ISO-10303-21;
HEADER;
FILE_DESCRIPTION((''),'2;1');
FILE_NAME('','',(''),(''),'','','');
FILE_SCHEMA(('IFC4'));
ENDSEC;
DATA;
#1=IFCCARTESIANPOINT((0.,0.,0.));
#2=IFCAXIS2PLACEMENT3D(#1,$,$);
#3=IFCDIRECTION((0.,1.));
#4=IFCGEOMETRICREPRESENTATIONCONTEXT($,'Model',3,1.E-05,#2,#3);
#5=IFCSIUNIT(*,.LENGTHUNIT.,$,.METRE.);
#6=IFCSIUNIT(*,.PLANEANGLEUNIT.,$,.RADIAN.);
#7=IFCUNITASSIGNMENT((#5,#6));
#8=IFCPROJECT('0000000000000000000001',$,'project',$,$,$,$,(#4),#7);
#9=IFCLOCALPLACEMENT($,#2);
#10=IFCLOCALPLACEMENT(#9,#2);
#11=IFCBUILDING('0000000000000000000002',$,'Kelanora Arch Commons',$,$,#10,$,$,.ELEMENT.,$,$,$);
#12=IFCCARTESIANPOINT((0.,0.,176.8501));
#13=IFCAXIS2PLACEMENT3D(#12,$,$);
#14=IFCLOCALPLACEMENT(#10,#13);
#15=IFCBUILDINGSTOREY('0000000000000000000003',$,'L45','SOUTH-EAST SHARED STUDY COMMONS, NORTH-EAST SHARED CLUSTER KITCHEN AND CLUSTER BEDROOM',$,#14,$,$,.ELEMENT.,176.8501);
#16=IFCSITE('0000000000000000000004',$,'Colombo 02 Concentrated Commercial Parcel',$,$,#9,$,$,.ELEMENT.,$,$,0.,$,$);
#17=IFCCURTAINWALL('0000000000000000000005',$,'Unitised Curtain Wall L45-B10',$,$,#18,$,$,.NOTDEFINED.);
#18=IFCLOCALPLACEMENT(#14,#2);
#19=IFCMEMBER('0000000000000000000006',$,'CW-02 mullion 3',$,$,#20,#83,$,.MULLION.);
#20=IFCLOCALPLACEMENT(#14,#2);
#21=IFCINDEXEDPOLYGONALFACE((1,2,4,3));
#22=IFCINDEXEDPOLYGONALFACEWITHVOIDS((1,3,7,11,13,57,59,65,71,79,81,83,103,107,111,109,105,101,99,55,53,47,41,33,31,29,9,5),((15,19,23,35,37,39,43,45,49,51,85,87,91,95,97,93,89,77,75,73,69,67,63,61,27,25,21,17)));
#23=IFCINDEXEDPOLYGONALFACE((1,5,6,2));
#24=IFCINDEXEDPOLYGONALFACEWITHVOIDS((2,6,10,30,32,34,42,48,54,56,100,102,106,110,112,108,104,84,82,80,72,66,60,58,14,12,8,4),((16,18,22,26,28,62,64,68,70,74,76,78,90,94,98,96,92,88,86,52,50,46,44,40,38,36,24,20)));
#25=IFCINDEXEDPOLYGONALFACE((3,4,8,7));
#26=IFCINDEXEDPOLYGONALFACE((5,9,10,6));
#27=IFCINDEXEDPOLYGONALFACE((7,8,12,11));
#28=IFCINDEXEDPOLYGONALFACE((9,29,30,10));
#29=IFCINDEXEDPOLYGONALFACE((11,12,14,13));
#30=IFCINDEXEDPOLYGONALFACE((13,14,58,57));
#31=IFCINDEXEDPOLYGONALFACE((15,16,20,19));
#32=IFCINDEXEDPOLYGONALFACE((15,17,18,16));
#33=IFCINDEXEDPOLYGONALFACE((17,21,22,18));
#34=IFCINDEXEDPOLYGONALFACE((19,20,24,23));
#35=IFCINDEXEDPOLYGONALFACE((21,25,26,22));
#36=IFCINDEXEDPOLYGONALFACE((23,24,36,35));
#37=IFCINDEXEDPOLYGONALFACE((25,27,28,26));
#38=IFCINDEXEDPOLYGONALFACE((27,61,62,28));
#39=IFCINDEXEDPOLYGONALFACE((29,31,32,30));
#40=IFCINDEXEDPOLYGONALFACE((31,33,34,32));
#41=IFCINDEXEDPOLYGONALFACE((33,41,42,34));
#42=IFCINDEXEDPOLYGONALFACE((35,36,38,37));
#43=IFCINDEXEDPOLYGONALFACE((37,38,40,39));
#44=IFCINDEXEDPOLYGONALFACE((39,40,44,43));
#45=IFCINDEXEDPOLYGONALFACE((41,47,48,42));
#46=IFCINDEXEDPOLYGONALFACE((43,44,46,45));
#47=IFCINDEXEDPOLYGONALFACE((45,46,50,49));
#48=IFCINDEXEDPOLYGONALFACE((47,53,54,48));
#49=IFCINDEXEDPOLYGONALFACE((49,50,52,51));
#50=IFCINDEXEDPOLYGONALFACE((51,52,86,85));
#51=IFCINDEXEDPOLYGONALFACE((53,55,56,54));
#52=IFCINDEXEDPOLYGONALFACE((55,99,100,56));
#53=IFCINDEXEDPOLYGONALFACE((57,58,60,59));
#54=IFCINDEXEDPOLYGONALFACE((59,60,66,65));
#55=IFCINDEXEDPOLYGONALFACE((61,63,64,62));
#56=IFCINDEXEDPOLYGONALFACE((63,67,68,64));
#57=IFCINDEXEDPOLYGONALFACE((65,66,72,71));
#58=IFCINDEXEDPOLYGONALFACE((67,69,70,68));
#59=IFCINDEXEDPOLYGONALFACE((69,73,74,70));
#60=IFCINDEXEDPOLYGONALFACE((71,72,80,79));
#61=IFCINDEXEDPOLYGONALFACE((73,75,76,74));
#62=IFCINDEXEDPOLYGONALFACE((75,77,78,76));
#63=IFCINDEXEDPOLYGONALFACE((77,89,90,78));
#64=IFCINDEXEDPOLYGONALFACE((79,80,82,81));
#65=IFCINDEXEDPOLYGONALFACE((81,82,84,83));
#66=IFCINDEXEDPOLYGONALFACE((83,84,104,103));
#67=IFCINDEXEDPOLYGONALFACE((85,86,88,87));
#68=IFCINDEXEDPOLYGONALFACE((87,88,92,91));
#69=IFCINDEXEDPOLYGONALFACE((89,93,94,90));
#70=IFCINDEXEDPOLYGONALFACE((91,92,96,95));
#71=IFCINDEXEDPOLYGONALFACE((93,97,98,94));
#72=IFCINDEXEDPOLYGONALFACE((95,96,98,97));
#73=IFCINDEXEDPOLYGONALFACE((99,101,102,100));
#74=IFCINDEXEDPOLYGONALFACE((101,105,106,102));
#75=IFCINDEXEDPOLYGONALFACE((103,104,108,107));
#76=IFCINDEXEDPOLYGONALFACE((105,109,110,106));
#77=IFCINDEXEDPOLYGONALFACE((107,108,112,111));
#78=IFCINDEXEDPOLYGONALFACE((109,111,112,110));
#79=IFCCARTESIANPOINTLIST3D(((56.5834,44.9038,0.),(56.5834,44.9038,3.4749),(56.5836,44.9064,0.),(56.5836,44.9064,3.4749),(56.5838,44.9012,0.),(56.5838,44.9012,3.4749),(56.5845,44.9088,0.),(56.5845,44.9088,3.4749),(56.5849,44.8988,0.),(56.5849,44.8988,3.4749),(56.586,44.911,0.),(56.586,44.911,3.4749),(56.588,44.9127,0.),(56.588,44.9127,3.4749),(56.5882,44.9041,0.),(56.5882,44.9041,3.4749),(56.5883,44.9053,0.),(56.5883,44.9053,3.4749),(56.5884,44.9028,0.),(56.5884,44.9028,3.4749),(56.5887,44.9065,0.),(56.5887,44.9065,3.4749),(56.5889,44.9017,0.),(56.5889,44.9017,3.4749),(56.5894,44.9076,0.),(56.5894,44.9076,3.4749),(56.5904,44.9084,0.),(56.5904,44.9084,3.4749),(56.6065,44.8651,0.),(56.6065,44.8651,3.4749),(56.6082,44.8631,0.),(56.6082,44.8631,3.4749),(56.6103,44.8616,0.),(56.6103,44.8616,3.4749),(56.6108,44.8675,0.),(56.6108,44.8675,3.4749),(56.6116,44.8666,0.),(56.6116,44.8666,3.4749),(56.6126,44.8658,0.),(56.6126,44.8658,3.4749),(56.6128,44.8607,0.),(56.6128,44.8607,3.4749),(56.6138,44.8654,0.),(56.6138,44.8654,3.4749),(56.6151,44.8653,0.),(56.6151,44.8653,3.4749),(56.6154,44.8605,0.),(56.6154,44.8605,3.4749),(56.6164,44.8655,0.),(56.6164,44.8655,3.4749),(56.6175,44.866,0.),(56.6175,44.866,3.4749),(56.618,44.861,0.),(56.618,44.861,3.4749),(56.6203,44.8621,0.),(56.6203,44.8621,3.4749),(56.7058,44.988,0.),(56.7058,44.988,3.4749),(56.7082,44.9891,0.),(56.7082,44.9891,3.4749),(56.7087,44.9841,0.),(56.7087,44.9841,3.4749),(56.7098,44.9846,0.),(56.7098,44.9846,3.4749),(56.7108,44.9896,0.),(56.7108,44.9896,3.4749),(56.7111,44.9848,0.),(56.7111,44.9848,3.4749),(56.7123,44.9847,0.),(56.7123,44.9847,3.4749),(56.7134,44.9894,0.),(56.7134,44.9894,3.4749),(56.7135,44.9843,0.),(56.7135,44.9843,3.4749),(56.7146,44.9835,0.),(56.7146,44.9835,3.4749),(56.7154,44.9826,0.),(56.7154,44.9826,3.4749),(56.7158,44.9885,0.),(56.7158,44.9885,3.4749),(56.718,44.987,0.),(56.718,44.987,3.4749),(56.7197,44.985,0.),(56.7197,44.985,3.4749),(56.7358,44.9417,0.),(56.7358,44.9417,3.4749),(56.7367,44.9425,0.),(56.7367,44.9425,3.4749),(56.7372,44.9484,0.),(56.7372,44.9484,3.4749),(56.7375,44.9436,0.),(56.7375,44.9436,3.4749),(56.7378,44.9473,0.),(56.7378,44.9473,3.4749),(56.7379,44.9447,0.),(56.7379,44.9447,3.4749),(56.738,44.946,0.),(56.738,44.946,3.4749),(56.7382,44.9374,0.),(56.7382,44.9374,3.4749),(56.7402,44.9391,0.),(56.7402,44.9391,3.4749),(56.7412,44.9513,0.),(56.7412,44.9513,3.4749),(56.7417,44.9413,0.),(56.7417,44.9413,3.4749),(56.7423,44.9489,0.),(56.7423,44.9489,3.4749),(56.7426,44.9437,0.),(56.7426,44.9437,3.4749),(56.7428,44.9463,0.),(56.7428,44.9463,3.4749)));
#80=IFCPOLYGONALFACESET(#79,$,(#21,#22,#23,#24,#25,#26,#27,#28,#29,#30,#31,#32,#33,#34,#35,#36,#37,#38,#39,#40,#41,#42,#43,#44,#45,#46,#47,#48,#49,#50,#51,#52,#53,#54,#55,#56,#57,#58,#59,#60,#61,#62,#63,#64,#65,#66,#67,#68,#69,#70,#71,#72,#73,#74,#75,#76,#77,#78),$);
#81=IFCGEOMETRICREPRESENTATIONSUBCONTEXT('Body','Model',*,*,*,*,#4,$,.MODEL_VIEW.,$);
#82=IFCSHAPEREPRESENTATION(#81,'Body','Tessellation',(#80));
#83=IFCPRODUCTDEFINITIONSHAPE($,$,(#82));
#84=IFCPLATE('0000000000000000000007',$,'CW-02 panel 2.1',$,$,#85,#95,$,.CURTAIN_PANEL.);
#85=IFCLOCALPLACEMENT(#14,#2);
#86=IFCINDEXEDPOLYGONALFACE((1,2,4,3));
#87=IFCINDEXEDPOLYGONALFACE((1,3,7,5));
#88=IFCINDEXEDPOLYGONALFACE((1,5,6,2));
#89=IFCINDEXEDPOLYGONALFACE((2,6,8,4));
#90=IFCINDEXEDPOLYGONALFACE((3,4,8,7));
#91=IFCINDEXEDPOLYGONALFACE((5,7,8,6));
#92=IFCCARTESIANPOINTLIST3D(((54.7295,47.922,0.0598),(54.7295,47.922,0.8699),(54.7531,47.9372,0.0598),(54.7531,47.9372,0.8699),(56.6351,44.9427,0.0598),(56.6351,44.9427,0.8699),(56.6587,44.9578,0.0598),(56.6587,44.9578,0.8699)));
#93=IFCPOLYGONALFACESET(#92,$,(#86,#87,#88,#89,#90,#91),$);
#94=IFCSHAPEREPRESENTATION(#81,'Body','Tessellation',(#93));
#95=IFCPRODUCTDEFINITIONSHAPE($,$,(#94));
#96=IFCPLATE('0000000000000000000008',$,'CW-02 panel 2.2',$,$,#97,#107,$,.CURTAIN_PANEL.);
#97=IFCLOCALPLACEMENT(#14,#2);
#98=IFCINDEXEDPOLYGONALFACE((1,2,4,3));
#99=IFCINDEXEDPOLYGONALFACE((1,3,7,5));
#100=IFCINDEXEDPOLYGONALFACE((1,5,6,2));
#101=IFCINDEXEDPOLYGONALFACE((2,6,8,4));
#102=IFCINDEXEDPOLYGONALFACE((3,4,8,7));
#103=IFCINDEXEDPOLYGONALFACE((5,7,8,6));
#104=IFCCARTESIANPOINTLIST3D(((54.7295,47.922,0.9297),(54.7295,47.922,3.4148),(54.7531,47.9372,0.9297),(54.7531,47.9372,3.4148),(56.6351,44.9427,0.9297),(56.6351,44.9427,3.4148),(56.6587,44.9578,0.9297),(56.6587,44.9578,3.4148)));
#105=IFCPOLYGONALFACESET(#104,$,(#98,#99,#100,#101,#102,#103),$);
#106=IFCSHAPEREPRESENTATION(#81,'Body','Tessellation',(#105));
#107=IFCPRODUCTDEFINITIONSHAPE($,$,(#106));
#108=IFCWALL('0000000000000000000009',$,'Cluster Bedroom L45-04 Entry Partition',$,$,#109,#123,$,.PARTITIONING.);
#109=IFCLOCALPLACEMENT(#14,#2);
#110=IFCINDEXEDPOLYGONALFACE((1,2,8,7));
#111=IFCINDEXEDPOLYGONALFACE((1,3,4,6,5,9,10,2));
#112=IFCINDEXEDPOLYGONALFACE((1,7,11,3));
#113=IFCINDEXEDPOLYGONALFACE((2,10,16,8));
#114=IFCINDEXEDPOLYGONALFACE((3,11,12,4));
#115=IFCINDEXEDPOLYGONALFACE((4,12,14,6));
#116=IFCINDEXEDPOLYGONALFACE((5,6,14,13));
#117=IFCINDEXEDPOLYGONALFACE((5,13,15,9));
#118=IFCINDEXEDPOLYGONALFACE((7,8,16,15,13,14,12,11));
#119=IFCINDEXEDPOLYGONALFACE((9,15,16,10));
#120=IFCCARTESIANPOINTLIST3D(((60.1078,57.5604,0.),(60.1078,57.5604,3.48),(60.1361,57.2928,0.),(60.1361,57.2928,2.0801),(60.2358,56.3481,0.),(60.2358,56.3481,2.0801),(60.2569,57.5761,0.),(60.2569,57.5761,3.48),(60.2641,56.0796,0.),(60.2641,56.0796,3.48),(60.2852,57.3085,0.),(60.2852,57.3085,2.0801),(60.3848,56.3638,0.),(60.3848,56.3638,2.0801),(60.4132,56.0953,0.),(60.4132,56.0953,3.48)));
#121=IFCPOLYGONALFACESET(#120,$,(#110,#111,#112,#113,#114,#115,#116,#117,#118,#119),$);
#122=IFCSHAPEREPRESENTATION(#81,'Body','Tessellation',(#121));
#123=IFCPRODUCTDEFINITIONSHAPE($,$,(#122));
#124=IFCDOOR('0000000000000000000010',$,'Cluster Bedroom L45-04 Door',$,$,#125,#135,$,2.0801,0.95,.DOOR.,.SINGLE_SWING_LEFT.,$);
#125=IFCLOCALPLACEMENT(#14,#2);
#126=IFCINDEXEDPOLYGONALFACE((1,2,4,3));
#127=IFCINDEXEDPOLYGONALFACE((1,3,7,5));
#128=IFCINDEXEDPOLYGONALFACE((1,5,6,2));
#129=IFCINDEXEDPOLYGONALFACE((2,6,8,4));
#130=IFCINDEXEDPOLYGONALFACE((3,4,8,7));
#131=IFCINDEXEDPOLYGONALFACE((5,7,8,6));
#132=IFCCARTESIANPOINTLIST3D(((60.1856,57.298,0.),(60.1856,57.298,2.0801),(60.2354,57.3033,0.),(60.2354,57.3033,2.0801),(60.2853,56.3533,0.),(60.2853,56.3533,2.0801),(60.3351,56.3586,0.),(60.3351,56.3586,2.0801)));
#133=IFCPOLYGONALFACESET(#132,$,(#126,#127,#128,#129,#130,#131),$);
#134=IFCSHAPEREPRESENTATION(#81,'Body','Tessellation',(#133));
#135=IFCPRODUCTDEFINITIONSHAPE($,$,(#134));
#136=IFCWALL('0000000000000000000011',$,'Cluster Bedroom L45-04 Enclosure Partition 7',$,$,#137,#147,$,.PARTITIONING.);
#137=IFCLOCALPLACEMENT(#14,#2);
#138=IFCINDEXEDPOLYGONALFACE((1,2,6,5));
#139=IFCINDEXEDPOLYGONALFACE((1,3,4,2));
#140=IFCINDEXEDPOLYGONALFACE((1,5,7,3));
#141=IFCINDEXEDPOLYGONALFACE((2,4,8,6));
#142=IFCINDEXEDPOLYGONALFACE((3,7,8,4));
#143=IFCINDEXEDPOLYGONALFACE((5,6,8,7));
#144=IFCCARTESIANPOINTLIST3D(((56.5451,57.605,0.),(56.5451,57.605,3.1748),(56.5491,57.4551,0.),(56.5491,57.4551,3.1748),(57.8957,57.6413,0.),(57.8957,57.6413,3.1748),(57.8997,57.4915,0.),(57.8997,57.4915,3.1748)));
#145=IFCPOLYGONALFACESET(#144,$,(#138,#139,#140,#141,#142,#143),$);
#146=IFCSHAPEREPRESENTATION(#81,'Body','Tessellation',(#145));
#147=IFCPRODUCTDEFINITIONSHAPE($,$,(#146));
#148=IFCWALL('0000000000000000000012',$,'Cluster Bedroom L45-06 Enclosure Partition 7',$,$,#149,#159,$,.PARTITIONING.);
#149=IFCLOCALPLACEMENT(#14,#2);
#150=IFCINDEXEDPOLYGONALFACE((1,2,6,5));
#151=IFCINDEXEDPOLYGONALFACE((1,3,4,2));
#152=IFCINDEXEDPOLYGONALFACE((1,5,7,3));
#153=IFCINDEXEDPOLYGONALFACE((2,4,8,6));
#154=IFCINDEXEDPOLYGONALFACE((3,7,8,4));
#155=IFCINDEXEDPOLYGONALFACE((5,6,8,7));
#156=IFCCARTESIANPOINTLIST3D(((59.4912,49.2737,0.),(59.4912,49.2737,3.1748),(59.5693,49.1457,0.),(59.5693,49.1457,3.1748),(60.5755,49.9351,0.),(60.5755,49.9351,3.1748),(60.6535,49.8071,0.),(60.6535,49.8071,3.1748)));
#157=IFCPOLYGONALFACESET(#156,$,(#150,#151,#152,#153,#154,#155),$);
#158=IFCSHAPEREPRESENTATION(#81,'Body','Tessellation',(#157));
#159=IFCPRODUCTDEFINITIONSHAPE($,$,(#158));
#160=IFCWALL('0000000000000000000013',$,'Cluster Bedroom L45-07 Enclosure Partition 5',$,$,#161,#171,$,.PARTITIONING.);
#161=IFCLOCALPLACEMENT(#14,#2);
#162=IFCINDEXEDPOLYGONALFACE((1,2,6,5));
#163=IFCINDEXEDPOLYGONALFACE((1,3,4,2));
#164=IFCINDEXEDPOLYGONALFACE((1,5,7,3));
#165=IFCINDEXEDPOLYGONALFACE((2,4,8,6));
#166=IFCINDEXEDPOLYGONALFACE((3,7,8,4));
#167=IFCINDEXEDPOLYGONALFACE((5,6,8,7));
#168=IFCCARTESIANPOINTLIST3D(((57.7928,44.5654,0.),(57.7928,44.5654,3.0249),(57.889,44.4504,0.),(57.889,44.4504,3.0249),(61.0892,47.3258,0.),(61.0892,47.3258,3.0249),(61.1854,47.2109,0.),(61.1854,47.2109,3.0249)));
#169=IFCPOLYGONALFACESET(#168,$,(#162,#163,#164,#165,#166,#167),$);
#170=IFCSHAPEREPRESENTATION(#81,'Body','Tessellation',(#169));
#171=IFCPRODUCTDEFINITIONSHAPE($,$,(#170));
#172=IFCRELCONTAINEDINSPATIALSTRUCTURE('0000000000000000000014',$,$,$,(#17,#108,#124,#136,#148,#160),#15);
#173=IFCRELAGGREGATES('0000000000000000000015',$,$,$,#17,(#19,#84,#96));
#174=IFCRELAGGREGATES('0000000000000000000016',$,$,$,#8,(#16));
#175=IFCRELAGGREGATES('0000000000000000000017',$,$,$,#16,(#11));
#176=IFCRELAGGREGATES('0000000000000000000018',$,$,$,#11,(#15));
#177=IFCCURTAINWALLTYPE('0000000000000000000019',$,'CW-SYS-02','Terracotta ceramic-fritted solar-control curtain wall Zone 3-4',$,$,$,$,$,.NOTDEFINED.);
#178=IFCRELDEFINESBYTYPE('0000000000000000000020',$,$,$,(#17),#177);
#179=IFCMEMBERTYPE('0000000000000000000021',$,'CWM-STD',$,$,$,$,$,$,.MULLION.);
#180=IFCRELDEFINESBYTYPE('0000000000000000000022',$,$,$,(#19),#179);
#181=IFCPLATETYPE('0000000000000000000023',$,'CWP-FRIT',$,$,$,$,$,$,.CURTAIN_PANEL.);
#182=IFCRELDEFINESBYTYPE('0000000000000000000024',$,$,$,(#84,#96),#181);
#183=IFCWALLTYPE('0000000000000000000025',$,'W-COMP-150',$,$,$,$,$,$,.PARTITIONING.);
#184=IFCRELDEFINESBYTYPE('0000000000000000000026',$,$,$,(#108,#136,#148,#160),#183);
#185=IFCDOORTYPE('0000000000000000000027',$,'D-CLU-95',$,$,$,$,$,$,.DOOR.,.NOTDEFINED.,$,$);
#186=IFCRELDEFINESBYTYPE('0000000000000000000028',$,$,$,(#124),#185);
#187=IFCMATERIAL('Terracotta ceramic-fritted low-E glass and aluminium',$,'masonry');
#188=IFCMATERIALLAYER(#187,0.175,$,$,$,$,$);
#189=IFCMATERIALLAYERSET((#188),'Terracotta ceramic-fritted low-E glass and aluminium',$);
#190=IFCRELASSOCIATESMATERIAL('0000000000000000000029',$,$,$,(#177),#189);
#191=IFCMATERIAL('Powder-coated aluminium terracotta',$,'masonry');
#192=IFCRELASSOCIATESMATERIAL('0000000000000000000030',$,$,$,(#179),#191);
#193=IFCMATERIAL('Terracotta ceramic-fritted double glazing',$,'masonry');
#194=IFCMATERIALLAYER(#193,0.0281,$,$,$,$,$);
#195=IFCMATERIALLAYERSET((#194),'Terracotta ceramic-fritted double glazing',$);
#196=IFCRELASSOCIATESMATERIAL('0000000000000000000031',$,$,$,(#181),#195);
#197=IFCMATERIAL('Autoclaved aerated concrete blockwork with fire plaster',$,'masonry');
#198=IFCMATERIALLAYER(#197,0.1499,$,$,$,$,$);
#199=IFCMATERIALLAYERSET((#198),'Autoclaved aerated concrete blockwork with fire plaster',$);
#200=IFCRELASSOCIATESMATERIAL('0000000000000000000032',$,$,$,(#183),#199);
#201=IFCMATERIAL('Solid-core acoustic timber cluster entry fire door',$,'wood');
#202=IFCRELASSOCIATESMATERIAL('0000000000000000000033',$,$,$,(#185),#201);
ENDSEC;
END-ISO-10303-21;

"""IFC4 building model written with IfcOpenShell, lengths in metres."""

from ifc_helpers import new_model, si_unit, direction, frame, frame_2d, origin, origin_2d, place, context, subcontext, project, spatial, rectangle, hollow_rectangle, extrude, source, transform, mapped, material, layer, layer_set, material_profile, profile_set, type_object, element, fill, aggregate, save


model = new_model("IFC4")

# Units and contexts
model_context = context("Model", 3, precision=1e-05, world=origin(), true_north=direction((0.0, 1.0)))
body_context = subcontext(model_context, "Body", "Model", "MODEL_VIEW")
ifc_project = project(units=[si_unit("LENGTHUNIT", "METRE"), si_unit("PLANEANGLEUNIT", "RADIAN")], contexts=[model_context])

# Site, building, storey
site_placement = place(None, origin())
site = spatial("IfcSite", under=ifc_project, at=site_placement, Name="Colombo 02 Concentrated Commercial Parcel", CompositionType="ELEMENT", RefElevation=0.0)
building_placement = place(site_placement, origin())
building = spatial("IfcBuilding", under=site, at=building_placement, Name="Kelanora Arch Commons", CompositionType="ELEMENT")
storey_placement = place(building_placement, frame((0.0, 0.0, 176.8501)))
storey = spatial("IfcBuildingStorey", under=building, at=storey_placement, Name="L45", Description="SOUTH-EAST SHARED STUDY COMMONS, NORTH-EAST SHARED CLUSTER KITCHEN AND CLUSTER BEDROOM", CompositionType="ELEMENT", Elevation=176.8501)

# Curtain wall, member, plates
ifc_material_1 = material(Name="Terracotta ceramic-fritted low-E glass and aluminium", Category="masonry")
ifc_layer_1 = layer(ifc_material_1, 0.175)
ifc_layer_set_1 = layer_set([ifc_layer_1], Name="Terracotta ceramic-fritted low-E glass and aluminium")
curtain_wall_type = type_object("IfcCurtainWallType", Name="CW-SYS-02", Description="Terracotta ceramic-fritted solar-control curtain wall Zone 3-4", PredefinedType="NOTDEFINED", material=ifc_layer_set_1)
curtain_wall_placement = place(storey_placement, origin())
curtain_wall = element("IfcCurtainWall", 1, at=curtain_wall_placement, inside=storey, type_object=curtain_wall_type, Name="Unitised Curtain Wall L45-B10", PredefinedType="NOTDEFINED")
ifc_material_2 = material(Name="Powder-coated aluminium terracotta", Category="masonry")
ifc_material_profile_1 = material_profile(ifc_material_2, hollow_rectangle(XDim=0.1599, YDim=0.0601, WallThickness=0.0049, InnerFilletRadius=0.0049, OuterFilletRadius=0.01, at=origin_2d()), Name="CWM160x60")
ifc_profile_set_1 = profile_set([ifc_material_profile_1], Name="Powder-coated aluminium terracotta")
member_type = type_object("IfcMemberType", Name="CWM-STD", PredefinedType="MULLION", material=ifc_profile_set_1)
member_placement = place(storey_placement, frame((56.6631, 44.925, 0.0), z_axis=(0.0, 0.0, 1.0), x_axis=(0.842423, 0.538817, 0.0)))
member = element("IfcMember", 2, at=member_placement, type_object=member_type, Name="CW-02 mullion 3", PredefinedType="MULLION", context=body_context, shape_type="SweptSolid", body=[
    extrude(hollow_rectangle(XDim=0.1599, YDim=0.0601, WallThickness=0.0049, InnerFilletRadius=0.0049, OuterFilletRadius=0.01, at=origin_2d()), origin(), (0.0, 0.0, 1.0), 3.4749),
])
ifc_material_3 = material(Name="Terracotta ceramic-fritted double glazing", Category="masonry")
ifc_layer_2 = layer(ifc_material_3, 0.0281)
ifc_layer_set_2 = layer_set([ifc_layer_2], Name="Terracotta ceramic-fritted double glazing")
plate_type = type_object("IfcPlateType", Name="CWP-FRIT", PredefinedType="CURTAIN_PANEL", material=ifc_layer_set_2)
shared_shape_1 = source(origin(), body_context, "Body", "SweptSolid", [
    extrude(rectangle(XDim=3.5366, YDim=0.0281, at=origin_2d()), origin(), (0.0, 0.0, 1.0), 0.8101),
])
plate_1_placement = place(storey_placement, frame((55.6941, 46.4399, 0.0598), z_axis=(0.0, 0.0, 1.0), x_axis=(0.538817, -0.842423, 0.0)))
plate_1 = element("IfcPlate", 3, at=plate_1_placement, type_object=plate_type, Name="CW-02 panel 2.1", PredefinedType="CURTAIN_PANEL", context=body_context, shape_type="MappedRepresentation", body=[
    mapped(shared_shape_1, transform((0.0, 0.0, 0.0), scale=1.0)),
])
shared_shape_2 = source(origin(), body_context, "Body", "SweptSolid", [
    extrude(rectangle(XDim=3.5366, YDim=0.0281, at=origin_2d()), origin(), (0.0, 0.0, 1.0), 2.4851),
])
plate_2_placement = place(storey_placement, frame((55.6941, 46.4399, 0.9297), z_axis=(0.0, 0.0, 1.0), x_axis=(0.538817, -0.842423, 0.0)))
plate_2 = element("IfcPlate", 4, at=plate_2_placement, type_object=plate_type, Name="CW-02 panel 2.2", PredefinedType="CURTAIN_PANEL", context=body_context, shape_type="MappedRepresentation", body=[
    mapped(shared_shape_2, transform((0.0, 0.0, 0.0), scale=1.0)),
])
aggregate(curtain_wall, [member, plate_1, plate_2])

# Wall, opening, door
ifc_material_4 = material(Name="Autoclaved aerated concrete blockwork with fire plaster", Category="masonry")
ifc_layer_3 = layer(ifc_material_4, 0.1499)
ifc_layer_set_3 = layer_set([ifc_layer_3], Name="Autoclaved aerated concrete blockwork with fire plaster")
wall_type_1 = type_object("IfcWallType", Name="W-COMP-150", PredefinedType="PARTITIONING", material=ifc_layer_set_3)
wall_1_placement = place(storey_placement, frame((60.1824, 57.5684, 0.0), z_axis=(0.0, 0.0, 1.0), x_axis=(0.104941, -0.994478, 0.0)))
wall_1 = element("IfcWall", 5, at=wall_1_placement, inside=storey, type_object=wall_type_1, Name="Cluster Bedroom L45-04 Entry Partition", PredefinedType="PARTITIONING", context=body_context, shape_type="SweptSolid", body=[
    extrude(rectangle(XDim=1.489, YDim=0.1499, at=frame_2d((0.7446, 0.0))), origin(), (0.0, 0.0, 1.0), 3.48),
])
opening_1_placement = place(wall_1_placement, frame((0.269, 0.0, 0.0)))
opening_1 = element("IfcOpeningElement", 6, at=opening_1_placement, cuts=wall_1, PredefinedType="OPENING", context=body_context, shape_type="SweptSolid", body=[
    extrude(rectangle(XDim=0.95, YDim=2.0801, at=frame_2d((0.4751, 1.04))), frame((0.0, 0.085, 0.0), z_axis=(0.0, -1.0, 0.0), x_axis=(1.0, 0.0, 0.0)), (0.0, 0.0, 1.0), 0.1699),
])
ifc_material_5 = material(Name="Solid-core acoustic timber cluster entry fire door", Category="wood")
door_type_1 = type_object("IfcDoorType", Name="D-CLU-95", OperationType="NOTDEFINED", PredefinedType="DOOR", material=ifc_material_5)
door_1_placement = place(opening_1_placement, origin())
door_1 = element("IfcDoor", 7, at=door_1_placement, inside=storey, type_object=door_type_1, Name="Cluster Bedroom L45-04 Door", OperationType="SINGLE_SWING_LEFT", OverallHeight=2.0801, OverallWidth=0.95, PredefinedType="DOOR", context=body_context, shape_type="SweptSolid", body=[
    extrude(rectangle(XDim=0.95, YDim=2.0801, at=frame_2d((0.4751, 1.04))), frame((0.0, 0.0249, 0.0), z_axis=(0.0, -1.0, 0.0), x_axis=(1.0, 0.0, 0.0)), (0.0, 0.0, 1.0), 0.05),
])
fill(opening_1, door_1)

# Walls
wall_2_placement = place(storey_placement, frame((56.5471, 57.53, 0.0), z_axis=(0.0, 0.0, 1.0), x_axis=(0.999637, 0.026924, 0.0)))
element("IfcWall", 8, at=wall_2_placement, inside=storey, type_object=wall_type_1, Name="Cluster Bedroom L45-04 Enclosure Partition 7", PredefinedType="PARTITIONING", context=body_context, shape_type="SweptSolid", body=[
    extrude(rectangle(XDim=1.3511, YDim=0.1499, at=frame_2d((0.6755, 0.0))), origin(), (0.0, 0.0, 1.0), 3.1748),
])
wall_3_placement = place(storey_placement, frame((59.5303, 49.2097, 0.0), z_axis=(0.0, 0.0, 1.0), x_axis=(0.853704, 0.520758, 0.0)))
element("IfcWall", 9, at=wall_3_placement, inside=storey, type_object=wall_type_1, Name="Cluster Bedroom L45-06 Enclosure Partition 7", PredefinedType="PARTITIONING", context=body_context, shape_type="SweptSolid", body=[
    extrude(rectangle(XDim=1.27, YDim=0.1499, at=frame_2d((0.635, 0.0))), origin(), (0.0, 0.0, 1.0), 3.1748),
])
wall_4_placement = place(storey_placement, frame((57.8408, 44.5078, 0.0), z_axis=(0.0, 0.0, 1.0), x_axis=(0.766674, 0.642037, 0.0)))
element("IfcWall", 10, at=wall_4_placement, inside=storey, type_object=wall_type_1, Name="Cluster Bedroom L45-07 Enclosure Partition 5", PredefinedType="PARTITIONING", context=body_context, shape_type="SweptSolid", body=[
    extrude(rectangle(XDim=4.2996, YDim=0.1499, at=frame_2d((2.1499, 0.0))), origin(), (0.0, 0.0, 1.0), 3.0249),
])

save(model, "model.ifc")
